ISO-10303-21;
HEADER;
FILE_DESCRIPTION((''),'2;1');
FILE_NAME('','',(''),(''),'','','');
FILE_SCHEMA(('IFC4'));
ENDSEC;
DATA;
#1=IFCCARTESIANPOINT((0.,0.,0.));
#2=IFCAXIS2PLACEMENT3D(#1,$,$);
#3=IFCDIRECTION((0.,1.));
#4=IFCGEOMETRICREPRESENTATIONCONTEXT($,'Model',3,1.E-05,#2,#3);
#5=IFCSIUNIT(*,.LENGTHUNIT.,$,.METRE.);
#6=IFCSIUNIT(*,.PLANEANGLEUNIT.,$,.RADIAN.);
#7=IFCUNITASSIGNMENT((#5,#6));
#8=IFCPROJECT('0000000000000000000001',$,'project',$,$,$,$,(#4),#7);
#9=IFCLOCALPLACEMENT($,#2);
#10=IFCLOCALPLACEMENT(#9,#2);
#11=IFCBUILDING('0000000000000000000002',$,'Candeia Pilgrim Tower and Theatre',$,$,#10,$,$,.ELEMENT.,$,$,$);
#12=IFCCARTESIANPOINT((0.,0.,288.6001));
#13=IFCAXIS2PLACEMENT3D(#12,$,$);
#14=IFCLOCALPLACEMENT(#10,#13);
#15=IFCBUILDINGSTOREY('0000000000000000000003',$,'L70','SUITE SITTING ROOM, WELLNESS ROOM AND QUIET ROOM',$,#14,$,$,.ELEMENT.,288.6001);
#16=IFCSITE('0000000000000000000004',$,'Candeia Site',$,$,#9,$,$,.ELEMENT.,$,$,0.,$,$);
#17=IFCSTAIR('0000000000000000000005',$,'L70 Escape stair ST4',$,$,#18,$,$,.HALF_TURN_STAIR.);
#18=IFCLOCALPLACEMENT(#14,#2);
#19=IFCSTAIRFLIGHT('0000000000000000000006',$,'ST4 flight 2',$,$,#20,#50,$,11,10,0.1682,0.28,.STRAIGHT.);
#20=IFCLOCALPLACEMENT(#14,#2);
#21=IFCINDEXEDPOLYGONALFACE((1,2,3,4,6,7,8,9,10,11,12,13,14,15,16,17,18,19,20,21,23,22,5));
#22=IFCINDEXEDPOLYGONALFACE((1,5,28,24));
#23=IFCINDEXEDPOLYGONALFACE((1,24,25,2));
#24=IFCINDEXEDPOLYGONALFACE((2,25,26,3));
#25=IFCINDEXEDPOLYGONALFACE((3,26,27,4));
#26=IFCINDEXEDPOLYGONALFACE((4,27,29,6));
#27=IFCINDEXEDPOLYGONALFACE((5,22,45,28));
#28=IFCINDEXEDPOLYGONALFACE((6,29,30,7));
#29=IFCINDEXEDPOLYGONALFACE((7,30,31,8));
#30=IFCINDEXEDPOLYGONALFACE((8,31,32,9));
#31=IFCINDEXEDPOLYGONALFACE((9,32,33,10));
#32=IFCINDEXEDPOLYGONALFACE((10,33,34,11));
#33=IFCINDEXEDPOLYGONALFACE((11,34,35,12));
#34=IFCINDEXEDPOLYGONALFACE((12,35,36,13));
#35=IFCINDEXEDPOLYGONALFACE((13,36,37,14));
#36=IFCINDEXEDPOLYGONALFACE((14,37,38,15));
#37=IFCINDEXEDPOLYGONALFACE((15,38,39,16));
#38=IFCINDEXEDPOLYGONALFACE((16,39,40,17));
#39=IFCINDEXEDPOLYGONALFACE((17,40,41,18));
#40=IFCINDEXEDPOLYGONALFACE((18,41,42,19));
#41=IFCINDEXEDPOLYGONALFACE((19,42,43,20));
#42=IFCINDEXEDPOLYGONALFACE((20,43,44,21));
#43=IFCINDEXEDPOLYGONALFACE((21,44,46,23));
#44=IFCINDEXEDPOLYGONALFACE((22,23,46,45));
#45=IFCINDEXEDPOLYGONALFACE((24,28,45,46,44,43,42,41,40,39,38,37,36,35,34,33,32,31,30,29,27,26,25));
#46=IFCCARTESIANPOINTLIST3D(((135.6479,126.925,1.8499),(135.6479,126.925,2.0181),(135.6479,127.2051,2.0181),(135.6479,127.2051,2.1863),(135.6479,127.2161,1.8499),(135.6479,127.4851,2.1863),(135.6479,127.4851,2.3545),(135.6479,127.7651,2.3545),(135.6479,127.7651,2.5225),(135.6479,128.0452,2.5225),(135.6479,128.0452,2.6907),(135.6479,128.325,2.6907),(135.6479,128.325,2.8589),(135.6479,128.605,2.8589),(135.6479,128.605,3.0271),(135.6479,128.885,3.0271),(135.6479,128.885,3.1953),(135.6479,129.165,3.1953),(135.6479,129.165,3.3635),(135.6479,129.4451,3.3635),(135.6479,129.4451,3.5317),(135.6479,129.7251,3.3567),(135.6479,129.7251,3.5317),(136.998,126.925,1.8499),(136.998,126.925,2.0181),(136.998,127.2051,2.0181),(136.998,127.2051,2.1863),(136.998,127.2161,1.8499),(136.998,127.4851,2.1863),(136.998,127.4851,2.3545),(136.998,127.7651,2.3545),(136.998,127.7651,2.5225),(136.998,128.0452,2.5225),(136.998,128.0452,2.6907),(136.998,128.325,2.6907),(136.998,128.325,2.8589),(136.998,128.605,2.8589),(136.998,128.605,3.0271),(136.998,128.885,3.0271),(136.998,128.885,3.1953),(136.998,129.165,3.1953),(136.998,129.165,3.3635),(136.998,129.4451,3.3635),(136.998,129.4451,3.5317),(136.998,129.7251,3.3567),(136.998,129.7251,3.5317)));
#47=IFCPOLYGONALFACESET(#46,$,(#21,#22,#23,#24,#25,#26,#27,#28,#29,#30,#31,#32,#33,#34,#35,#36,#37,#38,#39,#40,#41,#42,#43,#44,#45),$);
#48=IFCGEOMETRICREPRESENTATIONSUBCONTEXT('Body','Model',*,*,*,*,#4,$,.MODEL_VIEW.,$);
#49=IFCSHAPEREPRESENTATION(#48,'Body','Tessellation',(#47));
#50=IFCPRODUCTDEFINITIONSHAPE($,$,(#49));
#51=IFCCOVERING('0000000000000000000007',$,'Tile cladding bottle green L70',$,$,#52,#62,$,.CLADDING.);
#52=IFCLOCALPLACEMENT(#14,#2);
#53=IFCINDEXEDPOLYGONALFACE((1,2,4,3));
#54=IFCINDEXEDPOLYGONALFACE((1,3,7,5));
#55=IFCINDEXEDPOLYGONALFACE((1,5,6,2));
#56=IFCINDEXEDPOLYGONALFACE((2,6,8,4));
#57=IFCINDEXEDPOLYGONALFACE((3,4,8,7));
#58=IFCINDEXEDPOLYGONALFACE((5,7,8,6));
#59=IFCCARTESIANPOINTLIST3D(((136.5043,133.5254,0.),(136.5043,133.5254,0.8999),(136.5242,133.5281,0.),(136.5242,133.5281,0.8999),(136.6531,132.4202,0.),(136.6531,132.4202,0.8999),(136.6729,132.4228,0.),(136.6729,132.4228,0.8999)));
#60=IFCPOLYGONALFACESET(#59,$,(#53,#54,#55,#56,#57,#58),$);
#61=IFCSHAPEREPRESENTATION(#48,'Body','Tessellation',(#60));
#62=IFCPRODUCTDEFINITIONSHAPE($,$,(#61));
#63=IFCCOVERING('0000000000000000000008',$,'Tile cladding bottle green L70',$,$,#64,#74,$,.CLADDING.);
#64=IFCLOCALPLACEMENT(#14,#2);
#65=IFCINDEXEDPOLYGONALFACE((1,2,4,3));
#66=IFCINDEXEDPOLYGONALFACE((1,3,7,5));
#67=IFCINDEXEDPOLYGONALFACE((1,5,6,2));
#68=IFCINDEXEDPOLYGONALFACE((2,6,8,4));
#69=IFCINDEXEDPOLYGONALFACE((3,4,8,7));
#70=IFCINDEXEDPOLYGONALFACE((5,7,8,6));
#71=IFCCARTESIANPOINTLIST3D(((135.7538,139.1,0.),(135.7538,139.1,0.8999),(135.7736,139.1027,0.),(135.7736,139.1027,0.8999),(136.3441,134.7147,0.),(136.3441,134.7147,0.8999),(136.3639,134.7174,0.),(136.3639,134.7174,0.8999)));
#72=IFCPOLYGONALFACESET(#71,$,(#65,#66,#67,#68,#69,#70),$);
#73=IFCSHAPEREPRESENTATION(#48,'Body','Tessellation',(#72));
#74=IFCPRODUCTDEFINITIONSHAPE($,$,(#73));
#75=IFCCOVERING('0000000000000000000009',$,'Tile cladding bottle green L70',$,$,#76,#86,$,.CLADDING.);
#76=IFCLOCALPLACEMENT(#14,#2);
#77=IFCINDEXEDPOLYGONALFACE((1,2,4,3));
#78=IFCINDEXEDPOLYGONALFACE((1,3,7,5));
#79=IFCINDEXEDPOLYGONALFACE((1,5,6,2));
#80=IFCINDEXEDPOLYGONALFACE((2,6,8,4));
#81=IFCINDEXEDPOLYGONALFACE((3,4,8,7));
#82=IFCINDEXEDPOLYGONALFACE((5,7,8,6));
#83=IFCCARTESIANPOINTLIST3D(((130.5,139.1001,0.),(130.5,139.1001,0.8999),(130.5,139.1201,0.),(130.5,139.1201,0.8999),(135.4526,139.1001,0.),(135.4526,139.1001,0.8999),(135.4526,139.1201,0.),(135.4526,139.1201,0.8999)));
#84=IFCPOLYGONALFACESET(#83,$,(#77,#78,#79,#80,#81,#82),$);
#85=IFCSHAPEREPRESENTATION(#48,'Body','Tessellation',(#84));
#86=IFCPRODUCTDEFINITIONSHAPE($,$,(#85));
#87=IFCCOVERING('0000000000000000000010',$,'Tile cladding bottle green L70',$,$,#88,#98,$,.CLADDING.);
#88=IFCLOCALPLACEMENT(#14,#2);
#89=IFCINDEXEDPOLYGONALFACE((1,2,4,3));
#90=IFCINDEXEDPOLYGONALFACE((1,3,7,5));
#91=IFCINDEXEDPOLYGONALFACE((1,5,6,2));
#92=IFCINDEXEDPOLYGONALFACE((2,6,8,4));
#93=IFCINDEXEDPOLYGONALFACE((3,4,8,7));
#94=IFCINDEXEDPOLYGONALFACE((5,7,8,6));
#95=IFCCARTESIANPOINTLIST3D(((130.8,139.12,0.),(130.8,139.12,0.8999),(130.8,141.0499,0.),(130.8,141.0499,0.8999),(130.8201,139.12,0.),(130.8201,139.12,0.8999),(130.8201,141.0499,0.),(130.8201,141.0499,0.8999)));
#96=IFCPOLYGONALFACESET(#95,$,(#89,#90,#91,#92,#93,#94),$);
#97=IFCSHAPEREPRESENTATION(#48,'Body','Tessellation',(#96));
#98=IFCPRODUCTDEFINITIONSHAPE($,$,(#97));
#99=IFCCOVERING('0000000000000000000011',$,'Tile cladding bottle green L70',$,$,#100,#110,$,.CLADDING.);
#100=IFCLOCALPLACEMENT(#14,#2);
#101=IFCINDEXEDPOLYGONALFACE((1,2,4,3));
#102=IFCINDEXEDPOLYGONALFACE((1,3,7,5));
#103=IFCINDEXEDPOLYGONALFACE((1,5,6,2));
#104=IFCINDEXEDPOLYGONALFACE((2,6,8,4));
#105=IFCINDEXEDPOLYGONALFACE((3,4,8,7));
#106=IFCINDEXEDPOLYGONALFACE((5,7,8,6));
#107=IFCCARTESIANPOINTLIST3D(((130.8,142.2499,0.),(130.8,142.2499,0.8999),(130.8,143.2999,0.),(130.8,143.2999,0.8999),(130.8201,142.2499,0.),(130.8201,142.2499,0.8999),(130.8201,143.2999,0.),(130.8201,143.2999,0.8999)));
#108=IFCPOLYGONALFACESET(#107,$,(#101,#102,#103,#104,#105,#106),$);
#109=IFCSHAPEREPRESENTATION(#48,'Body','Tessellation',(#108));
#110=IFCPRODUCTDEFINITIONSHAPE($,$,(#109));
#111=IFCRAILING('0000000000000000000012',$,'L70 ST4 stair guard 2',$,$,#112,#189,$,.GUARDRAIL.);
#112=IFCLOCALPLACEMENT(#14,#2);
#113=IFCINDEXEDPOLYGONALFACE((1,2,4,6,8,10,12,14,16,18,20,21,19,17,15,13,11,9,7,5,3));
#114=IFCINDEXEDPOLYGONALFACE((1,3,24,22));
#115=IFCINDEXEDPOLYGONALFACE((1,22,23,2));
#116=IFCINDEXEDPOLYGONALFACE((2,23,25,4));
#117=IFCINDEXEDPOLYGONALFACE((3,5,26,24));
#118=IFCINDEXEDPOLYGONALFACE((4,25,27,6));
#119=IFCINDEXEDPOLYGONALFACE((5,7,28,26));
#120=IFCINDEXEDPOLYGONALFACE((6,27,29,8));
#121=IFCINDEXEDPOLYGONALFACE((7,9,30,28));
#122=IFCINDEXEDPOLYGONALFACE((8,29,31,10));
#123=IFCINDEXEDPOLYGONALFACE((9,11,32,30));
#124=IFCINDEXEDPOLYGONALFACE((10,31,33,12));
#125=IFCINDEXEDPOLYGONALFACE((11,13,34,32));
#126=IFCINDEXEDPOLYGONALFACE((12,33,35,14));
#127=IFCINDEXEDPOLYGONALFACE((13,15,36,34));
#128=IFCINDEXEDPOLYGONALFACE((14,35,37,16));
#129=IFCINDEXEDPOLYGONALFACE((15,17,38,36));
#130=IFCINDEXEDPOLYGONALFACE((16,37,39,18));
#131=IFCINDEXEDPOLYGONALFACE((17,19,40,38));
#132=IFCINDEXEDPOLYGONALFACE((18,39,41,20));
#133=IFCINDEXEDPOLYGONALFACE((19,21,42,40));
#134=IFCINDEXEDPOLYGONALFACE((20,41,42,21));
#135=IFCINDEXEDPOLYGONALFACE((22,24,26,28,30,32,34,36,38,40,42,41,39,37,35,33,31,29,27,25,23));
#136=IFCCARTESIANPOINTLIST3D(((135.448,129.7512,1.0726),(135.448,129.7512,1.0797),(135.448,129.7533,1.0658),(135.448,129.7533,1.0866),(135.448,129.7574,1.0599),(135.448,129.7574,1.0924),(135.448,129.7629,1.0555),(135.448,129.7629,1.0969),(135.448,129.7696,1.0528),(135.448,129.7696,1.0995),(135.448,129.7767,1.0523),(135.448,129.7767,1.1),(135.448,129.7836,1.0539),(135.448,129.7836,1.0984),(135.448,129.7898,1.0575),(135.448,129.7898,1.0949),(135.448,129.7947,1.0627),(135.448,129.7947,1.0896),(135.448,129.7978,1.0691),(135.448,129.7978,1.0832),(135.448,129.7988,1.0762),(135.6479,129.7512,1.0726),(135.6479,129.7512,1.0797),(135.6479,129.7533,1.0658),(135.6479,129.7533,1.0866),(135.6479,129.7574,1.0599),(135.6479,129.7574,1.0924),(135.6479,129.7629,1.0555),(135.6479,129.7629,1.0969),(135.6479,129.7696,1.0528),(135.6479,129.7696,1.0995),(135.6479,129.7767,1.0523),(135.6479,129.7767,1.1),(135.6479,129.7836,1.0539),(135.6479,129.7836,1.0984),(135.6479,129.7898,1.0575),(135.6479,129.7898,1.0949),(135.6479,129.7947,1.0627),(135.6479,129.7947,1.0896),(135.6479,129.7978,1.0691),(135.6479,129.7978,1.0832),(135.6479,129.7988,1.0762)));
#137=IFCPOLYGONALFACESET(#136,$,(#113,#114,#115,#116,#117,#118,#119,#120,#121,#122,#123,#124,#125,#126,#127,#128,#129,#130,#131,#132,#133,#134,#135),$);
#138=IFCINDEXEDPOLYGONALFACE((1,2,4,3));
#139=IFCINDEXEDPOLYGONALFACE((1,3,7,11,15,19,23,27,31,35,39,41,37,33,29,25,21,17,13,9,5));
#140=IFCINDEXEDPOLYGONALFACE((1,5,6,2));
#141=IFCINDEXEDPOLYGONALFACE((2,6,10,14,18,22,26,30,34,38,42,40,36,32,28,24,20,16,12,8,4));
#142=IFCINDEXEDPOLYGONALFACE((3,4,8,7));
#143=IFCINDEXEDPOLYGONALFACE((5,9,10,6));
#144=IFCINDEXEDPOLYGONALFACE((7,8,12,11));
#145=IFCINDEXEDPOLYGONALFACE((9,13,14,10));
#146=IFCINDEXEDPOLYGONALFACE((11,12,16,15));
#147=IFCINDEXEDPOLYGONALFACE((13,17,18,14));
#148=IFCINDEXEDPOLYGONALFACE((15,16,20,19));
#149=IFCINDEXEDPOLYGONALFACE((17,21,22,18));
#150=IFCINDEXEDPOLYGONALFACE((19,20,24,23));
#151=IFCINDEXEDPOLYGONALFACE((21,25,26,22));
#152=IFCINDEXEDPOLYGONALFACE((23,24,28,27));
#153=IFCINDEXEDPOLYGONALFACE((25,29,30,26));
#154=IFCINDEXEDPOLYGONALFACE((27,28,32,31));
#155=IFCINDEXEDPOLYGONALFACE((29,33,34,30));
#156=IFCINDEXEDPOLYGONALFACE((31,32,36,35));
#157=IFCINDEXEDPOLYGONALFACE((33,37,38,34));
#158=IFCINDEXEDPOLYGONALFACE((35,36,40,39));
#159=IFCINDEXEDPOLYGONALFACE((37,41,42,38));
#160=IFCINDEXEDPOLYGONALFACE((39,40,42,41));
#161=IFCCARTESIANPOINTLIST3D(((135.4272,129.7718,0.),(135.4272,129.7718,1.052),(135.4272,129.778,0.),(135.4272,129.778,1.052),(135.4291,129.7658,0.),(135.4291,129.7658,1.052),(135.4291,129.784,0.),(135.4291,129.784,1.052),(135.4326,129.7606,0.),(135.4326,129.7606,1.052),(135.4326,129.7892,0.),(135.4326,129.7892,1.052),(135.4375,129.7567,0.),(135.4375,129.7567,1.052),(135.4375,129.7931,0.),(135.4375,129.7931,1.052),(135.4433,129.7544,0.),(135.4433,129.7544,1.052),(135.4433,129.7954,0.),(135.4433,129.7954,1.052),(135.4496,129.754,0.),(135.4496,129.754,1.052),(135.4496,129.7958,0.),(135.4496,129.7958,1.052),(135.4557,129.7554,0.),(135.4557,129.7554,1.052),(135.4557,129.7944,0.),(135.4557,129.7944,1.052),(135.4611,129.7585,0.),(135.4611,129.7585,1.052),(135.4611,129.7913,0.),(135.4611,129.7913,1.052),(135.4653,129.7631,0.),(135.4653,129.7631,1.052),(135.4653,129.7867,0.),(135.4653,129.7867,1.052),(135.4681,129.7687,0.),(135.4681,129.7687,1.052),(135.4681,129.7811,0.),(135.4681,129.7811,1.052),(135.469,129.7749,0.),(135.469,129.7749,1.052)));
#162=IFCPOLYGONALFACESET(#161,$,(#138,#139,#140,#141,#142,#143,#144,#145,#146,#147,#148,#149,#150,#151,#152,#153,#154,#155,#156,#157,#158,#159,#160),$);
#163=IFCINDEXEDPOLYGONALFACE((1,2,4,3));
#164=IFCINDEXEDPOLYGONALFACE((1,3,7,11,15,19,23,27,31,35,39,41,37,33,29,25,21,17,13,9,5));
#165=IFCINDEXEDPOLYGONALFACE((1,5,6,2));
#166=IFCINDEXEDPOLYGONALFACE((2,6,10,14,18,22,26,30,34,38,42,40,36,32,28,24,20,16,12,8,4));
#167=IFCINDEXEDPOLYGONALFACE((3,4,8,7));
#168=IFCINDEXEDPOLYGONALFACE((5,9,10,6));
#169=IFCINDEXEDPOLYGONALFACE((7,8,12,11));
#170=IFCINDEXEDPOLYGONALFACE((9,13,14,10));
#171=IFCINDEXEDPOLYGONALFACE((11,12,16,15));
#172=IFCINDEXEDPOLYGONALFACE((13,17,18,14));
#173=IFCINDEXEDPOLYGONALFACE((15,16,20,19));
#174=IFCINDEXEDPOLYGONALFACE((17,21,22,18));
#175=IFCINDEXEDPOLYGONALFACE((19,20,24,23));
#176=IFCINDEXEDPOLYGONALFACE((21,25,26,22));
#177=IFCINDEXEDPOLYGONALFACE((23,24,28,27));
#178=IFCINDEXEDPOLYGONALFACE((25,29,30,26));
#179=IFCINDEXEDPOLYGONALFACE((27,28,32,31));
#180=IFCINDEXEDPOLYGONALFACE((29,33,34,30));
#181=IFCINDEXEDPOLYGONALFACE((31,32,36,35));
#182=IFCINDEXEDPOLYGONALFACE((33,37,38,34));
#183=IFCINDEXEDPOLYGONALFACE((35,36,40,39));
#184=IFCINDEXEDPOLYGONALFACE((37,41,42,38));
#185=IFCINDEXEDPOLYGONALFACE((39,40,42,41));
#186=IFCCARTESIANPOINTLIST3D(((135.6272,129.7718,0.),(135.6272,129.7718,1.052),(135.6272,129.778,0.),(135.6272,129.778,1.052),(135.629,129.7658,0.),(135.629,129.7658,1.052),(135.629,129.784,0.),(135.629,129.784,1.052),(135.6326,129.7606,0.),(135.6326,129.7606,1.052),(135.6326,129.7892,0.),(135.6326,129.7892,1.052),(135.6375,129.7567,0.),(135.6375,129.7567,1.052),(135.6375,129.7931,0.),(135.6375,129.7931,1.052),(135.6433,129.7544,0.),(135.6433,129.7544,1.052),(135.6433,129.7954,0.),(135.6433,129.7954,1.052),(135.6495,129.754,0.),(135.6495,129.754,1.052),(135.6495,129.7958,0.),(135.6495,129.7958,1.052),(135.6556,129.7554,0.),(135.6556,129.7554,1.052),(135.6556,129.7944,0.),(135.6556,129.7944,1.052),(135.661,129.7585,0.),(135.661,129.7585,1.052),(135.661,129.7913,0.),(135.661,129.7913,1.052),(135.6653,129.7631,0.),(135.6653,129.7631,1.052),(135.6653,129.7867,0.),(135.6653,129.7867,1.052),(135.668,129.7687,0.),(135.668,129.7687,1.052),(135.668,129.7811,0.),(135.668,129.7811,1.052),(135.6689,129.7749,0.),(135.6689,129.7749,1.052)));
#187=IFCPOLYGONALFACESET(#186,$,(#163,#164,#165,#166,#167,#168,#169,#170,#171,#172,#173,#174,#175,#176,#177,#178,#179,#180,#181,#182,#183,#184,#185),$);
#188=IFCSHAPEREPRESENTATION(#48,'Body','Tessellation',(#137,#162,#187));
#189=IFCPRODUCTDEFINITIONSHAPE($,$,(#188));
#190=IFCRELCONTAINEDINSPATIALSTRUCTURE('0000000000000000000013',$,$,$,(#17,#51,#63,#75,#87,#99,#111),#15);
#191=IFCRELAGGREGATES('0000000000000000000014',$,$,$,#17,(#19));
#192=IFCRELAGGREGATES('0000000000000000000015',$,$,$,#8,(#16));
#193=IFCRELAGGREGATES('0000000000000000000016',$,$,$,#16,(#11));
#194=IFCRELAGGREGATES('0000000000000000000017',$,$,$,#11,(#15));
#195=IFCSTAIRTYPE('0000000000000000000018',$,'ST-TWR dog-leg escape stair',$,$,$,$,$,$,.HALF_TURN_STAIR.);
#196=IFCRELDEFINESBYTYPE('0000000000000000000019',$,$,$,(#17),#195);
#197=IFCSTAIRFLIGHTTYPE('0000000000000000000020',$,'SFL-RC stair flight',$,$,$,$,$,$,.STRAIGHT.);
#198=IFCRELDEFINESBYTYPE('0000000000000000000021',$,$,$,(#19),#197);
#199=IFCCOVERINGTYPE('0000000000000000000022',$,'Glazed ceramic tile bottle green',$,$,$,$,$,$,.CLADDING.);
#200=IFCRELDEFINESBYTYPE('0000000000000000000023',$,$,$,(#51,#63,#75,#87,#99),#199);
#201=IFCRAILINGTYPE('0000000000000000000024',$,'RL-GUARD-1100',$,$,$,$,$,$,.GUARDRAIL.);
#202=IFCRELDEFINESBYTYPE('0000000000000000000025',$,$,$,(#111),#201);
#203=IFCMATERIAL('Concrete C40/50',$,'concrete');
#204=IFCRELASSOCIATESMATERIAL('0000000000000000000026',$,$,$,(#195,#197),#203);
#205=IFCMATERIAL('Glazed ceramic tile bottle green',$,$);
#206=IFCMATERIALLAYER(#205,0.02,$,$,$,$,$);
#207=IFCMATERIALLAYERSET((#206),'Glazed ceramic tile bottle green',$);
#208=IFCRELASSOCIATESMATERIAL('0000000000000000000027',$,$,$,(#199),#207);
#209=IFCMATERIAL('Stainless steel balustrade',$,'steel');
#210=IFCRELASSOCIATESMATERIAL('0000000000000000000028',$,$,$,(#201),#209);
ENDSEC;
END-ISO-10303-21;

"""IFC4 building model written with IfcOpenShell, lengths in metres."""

from ifc_helpers import new_model, si_unit, direction, frame, origin, origin_2d, place, context, subcontext, project, spatial, polyline, rectangle, circle, outline, extrude, material, layer, layer_set, type_object, element, aggregate, save


model = new_model("IFC4")

# Units and contexts
model_context = context("Model", 3, precision=1e-05, world=origin(), true_north=direction((0.0, 1.0)))
body_context = subcontext(model_context, "Body", "Model", "MODEL_VIEW")
ifc_project = project(units=[si_unit("LENGTHUNIT", "METRE"), si_unit("PLANEANGLEUNIT", "RADIAN")], contexts=[model_context])

# Site, building, storey
site_placement = place(None, origin())
site = spatial("IfcSite", under=ifc_project, at=site_placement, Name="Candeia Site", CompositionType="ELEMENT", RefElevation=0.0)
building_placement = place(site_placement, origin())
building = spatial("IfcBuilding", under=site, at=building_placement, Name="Candeia Pilgrim Tower and Theatre", CompositionType="ELEMENT")
storey_placement = place(building_placement, frame((0.0, 0.0, 288.6001)))
storey = spatial("IfcBuildingStorey", under=building, at=storey_placement, Name="L70", Description="SUITE SITTING ROOM, WELLNESS ROOM AND QUIET ROOM", CompositionType="ELEMENT", Elevation=288.6001)

# Shared definitions
ifc_material_1 = material(Name="Concrete C40/50", Category="concrete")

# Stair, stair flight
stair_type = type_object("IfcStairType", Name="ST-TWR dog-leg escape stair", PredefinedType="HALF_TURN_STAIR", material=ifc_material_1)
stair_placement = place(storey_placement, origin())
stair = element("IfcStair", 1, at=stair_placement, inside=storey, type_object=stair_type, Name="L70 Escape stair ST4", PredefinedType="HALF_TURN_STAIR")
stair_flight_type = type_object("IfcStairFlightType", Name="SFL-RC stair flight", PredefinedType="STRAIGHT", material=ifc_material_1)
stair_flight_1_placement = place(storey_placement, frame((136.323, 126.925, 1.8499), z_axis=(0.0, 0.0, 1.0), x_axis=(0.0, 1.0, 0.0)))
stair_flight_1 = element("IfcStairFlight", 2, at=stair_flight_1_placement, type_object=stair_flight_type, Name="ST4 flight 2", NumberOfRisers=11, NumberOfTreads=10, PredefinedType="STRAIGHT", RiserHeight=0.1682, TreadLength=0.28, context=body_context, shape_type="SweptSolid", body=[
    extrude(outline(polyline([(0.0, 0.0), (0.0, 0.1682), (0.28, 0.1682), (0.28, 0.3364), (0.5601, 0.3364), (0.5601, 0.5046), (0.8401, 0.5046), (0.8401, 0.6726), (1.1201, 0.6726), (1.1201, 0.8408), (1.3999, 0.8408), (1.3999, 1.009), (1.6799, 1.009), (1.6799, 1.1772), (1.96, 1.1772), (1.96, 1.3455), (2.24, 1.3455), (2.24, 1.5137), (2.52, 1.5137), (2.52, 1.6819), (2.8, 1.6819), (2.8, 1.8501), (2.8, 1.5068), (0.291, 0.0), (0.0, 0.0)])), frame((0.0, 0.675, 0.0), z_axis=(0.0, -1.0, 0.0), x_axis=(1.0, 0.0, 0.0)), (0.0, 0.0, 1.0), 1.3501),
])
aggregate(stair, [stair_flight_1])

# Coverings
ifc_material_2 = material(Name="Glazed ceramic tile bottle green")
ifc_layer_1 = layer(ifc_material_2, 0.02)
ifc_layer_set_1 = layer_set([ifc_layer_1], Name="Glazed ceramic tile bottle green")
covering_type = type_object("IfcCoveringType", Name="Glazed ceramic tile bottle green", PredefinedType="CLADDING", material=ifc_layer_set_1)
covering_1_placement = place(storey_placement, frame((136.5886, 132.9741, 0.0), z_axis=(0.0, 0.0, 1.0), x_axis=(-0.133412, 0.991061, 0.0)))
element("IfcCovering", 3, at=covering_1_placement, inside=storey, type_object=covering_type, Name="Tile cladding bottle green L70", PredefinedType="CLADDING", context=body_context, shape_type="SweptSolid", body=[
    extrude(rectangle(XDim=1.1152, YDim=0.02, at=origin_2d()), origin(), (0.0, 0.0, 1.0), 0.8999),
])
covering_2_placement = place(storey_placement, frame((136.0588, 136.9087, 0.0), z_axis=(0.0, 0.0, 1.0), x_axis=(-0.133412, 0.991061, 0.0)))
element("IfcCovering", 4, at=covering_2_placement, inside=storey, type_object=covering_type, Name="Tile cladding bottle green L70", PredefinedType="CLADDING", context=body_context, shape_type="SweptSolid", body=[
    extrude(rectangle(XDim=4.4248, YDim=0.02, at=origin_2d()), origin(), (0.0, 0.0, 1.0), 0.8999),
])
covering_3_placement = place(storey_placement, frame((132.9763, 139.1101, 0.0), z_axis=(0.0, 0.0, 1.0), x_axis=(-1.0, 0.0, 0.0)))
element("IfcCovering", 5, at=covering_3_placement, inside=storey, type_object=covering_type, Name="Tile cladding bottle green L70", PredefinedType="CLADDING", context=body_context, shape_type="SweptSolid", body=[
    extrude(rectangle(XDim=4.9526, YDim=0.02, at=origin_2d()), origin(), (0.0, 0.0, 1.0), 0.8999),
])
covering_4_placement = place(storey_placement, frame((130.8101, 140.085, 0.0), z_axis=(0.0, 0.0, 1.0), x_axis=(0.0, 1.0, 0.0)))
element("IfcCovering", 6, at=covering_4_placement, inside=storey, type_object=covering_type, Name="Tile cladding bottle green L70", PredefinedType="CLADDING", context=body_context, shape_type="SweptSolid", body=[
    extrude(rectangle(XDim=1.9299, YDim=0.02, at=origin_2d()), origin(), (0.0, 0.0, 1.0), 0.8999),
])
covering_5_placement = place(storey_placement, frame((130.8101, 142.7749, 0.0), z_axis=(0.0, 0.0, 1.0), x_axis=(0.0, 1.0, 0.0)))
element("IfcCovering", 7, at=covering_5_placement, inside=storey, type_object=covering_type, Name="Tile cladding bottle green L70", PredefinedType="CLADDING", context=body_context, shape_type="SweptSolid", body=[
    extrude(rectangle(XDim=1.05, YDim=0.02, at=origin_2d()), origin(), (0.0, 0.0, 1.0), 0.8999),
])

# Railing
ifc_material_3 = material(Name="Stainless steel balustrade", Category="steel")
railing_type_1 = type_object("IfcRailingType", Name="RL-GUARD-1100", PredefinedType="GUARDRAIL", material=ifc_material_3)
railing_1_placement = place(storey_placement, frame((135.448, 129.7749, 0.0)))
element("IfcRailing", 8, at=railing_1_placement, inside=storey, type_object=railing_type_1, Name="L70 ST4 stair guard 2", PredefinedType="GUARDRAIL", context=body_context, shape_type="SweptSolid", body=[
    extrude(circle(Radius=0.0239, at=origin_2d()), frame((0.0, 0.0, 1.0762), z_axis=(1.0, 0.0, 0.0), x_axis=(0.0, 1.0, 0.0)), (0.0, 0.0, 1.0), 0.2),
    extrude(circle(Radius=0.021, at=origin_2d()), origin(), (0.0, 0.0, 1.0), 1.052),
    extrude(circle(Radius=0.021, at=origin_2d()), frame((0.2, 0.0, 0.0)), (0.0, 0.0, 1.0), 1.052),
])

save(model, "model.ifc")
